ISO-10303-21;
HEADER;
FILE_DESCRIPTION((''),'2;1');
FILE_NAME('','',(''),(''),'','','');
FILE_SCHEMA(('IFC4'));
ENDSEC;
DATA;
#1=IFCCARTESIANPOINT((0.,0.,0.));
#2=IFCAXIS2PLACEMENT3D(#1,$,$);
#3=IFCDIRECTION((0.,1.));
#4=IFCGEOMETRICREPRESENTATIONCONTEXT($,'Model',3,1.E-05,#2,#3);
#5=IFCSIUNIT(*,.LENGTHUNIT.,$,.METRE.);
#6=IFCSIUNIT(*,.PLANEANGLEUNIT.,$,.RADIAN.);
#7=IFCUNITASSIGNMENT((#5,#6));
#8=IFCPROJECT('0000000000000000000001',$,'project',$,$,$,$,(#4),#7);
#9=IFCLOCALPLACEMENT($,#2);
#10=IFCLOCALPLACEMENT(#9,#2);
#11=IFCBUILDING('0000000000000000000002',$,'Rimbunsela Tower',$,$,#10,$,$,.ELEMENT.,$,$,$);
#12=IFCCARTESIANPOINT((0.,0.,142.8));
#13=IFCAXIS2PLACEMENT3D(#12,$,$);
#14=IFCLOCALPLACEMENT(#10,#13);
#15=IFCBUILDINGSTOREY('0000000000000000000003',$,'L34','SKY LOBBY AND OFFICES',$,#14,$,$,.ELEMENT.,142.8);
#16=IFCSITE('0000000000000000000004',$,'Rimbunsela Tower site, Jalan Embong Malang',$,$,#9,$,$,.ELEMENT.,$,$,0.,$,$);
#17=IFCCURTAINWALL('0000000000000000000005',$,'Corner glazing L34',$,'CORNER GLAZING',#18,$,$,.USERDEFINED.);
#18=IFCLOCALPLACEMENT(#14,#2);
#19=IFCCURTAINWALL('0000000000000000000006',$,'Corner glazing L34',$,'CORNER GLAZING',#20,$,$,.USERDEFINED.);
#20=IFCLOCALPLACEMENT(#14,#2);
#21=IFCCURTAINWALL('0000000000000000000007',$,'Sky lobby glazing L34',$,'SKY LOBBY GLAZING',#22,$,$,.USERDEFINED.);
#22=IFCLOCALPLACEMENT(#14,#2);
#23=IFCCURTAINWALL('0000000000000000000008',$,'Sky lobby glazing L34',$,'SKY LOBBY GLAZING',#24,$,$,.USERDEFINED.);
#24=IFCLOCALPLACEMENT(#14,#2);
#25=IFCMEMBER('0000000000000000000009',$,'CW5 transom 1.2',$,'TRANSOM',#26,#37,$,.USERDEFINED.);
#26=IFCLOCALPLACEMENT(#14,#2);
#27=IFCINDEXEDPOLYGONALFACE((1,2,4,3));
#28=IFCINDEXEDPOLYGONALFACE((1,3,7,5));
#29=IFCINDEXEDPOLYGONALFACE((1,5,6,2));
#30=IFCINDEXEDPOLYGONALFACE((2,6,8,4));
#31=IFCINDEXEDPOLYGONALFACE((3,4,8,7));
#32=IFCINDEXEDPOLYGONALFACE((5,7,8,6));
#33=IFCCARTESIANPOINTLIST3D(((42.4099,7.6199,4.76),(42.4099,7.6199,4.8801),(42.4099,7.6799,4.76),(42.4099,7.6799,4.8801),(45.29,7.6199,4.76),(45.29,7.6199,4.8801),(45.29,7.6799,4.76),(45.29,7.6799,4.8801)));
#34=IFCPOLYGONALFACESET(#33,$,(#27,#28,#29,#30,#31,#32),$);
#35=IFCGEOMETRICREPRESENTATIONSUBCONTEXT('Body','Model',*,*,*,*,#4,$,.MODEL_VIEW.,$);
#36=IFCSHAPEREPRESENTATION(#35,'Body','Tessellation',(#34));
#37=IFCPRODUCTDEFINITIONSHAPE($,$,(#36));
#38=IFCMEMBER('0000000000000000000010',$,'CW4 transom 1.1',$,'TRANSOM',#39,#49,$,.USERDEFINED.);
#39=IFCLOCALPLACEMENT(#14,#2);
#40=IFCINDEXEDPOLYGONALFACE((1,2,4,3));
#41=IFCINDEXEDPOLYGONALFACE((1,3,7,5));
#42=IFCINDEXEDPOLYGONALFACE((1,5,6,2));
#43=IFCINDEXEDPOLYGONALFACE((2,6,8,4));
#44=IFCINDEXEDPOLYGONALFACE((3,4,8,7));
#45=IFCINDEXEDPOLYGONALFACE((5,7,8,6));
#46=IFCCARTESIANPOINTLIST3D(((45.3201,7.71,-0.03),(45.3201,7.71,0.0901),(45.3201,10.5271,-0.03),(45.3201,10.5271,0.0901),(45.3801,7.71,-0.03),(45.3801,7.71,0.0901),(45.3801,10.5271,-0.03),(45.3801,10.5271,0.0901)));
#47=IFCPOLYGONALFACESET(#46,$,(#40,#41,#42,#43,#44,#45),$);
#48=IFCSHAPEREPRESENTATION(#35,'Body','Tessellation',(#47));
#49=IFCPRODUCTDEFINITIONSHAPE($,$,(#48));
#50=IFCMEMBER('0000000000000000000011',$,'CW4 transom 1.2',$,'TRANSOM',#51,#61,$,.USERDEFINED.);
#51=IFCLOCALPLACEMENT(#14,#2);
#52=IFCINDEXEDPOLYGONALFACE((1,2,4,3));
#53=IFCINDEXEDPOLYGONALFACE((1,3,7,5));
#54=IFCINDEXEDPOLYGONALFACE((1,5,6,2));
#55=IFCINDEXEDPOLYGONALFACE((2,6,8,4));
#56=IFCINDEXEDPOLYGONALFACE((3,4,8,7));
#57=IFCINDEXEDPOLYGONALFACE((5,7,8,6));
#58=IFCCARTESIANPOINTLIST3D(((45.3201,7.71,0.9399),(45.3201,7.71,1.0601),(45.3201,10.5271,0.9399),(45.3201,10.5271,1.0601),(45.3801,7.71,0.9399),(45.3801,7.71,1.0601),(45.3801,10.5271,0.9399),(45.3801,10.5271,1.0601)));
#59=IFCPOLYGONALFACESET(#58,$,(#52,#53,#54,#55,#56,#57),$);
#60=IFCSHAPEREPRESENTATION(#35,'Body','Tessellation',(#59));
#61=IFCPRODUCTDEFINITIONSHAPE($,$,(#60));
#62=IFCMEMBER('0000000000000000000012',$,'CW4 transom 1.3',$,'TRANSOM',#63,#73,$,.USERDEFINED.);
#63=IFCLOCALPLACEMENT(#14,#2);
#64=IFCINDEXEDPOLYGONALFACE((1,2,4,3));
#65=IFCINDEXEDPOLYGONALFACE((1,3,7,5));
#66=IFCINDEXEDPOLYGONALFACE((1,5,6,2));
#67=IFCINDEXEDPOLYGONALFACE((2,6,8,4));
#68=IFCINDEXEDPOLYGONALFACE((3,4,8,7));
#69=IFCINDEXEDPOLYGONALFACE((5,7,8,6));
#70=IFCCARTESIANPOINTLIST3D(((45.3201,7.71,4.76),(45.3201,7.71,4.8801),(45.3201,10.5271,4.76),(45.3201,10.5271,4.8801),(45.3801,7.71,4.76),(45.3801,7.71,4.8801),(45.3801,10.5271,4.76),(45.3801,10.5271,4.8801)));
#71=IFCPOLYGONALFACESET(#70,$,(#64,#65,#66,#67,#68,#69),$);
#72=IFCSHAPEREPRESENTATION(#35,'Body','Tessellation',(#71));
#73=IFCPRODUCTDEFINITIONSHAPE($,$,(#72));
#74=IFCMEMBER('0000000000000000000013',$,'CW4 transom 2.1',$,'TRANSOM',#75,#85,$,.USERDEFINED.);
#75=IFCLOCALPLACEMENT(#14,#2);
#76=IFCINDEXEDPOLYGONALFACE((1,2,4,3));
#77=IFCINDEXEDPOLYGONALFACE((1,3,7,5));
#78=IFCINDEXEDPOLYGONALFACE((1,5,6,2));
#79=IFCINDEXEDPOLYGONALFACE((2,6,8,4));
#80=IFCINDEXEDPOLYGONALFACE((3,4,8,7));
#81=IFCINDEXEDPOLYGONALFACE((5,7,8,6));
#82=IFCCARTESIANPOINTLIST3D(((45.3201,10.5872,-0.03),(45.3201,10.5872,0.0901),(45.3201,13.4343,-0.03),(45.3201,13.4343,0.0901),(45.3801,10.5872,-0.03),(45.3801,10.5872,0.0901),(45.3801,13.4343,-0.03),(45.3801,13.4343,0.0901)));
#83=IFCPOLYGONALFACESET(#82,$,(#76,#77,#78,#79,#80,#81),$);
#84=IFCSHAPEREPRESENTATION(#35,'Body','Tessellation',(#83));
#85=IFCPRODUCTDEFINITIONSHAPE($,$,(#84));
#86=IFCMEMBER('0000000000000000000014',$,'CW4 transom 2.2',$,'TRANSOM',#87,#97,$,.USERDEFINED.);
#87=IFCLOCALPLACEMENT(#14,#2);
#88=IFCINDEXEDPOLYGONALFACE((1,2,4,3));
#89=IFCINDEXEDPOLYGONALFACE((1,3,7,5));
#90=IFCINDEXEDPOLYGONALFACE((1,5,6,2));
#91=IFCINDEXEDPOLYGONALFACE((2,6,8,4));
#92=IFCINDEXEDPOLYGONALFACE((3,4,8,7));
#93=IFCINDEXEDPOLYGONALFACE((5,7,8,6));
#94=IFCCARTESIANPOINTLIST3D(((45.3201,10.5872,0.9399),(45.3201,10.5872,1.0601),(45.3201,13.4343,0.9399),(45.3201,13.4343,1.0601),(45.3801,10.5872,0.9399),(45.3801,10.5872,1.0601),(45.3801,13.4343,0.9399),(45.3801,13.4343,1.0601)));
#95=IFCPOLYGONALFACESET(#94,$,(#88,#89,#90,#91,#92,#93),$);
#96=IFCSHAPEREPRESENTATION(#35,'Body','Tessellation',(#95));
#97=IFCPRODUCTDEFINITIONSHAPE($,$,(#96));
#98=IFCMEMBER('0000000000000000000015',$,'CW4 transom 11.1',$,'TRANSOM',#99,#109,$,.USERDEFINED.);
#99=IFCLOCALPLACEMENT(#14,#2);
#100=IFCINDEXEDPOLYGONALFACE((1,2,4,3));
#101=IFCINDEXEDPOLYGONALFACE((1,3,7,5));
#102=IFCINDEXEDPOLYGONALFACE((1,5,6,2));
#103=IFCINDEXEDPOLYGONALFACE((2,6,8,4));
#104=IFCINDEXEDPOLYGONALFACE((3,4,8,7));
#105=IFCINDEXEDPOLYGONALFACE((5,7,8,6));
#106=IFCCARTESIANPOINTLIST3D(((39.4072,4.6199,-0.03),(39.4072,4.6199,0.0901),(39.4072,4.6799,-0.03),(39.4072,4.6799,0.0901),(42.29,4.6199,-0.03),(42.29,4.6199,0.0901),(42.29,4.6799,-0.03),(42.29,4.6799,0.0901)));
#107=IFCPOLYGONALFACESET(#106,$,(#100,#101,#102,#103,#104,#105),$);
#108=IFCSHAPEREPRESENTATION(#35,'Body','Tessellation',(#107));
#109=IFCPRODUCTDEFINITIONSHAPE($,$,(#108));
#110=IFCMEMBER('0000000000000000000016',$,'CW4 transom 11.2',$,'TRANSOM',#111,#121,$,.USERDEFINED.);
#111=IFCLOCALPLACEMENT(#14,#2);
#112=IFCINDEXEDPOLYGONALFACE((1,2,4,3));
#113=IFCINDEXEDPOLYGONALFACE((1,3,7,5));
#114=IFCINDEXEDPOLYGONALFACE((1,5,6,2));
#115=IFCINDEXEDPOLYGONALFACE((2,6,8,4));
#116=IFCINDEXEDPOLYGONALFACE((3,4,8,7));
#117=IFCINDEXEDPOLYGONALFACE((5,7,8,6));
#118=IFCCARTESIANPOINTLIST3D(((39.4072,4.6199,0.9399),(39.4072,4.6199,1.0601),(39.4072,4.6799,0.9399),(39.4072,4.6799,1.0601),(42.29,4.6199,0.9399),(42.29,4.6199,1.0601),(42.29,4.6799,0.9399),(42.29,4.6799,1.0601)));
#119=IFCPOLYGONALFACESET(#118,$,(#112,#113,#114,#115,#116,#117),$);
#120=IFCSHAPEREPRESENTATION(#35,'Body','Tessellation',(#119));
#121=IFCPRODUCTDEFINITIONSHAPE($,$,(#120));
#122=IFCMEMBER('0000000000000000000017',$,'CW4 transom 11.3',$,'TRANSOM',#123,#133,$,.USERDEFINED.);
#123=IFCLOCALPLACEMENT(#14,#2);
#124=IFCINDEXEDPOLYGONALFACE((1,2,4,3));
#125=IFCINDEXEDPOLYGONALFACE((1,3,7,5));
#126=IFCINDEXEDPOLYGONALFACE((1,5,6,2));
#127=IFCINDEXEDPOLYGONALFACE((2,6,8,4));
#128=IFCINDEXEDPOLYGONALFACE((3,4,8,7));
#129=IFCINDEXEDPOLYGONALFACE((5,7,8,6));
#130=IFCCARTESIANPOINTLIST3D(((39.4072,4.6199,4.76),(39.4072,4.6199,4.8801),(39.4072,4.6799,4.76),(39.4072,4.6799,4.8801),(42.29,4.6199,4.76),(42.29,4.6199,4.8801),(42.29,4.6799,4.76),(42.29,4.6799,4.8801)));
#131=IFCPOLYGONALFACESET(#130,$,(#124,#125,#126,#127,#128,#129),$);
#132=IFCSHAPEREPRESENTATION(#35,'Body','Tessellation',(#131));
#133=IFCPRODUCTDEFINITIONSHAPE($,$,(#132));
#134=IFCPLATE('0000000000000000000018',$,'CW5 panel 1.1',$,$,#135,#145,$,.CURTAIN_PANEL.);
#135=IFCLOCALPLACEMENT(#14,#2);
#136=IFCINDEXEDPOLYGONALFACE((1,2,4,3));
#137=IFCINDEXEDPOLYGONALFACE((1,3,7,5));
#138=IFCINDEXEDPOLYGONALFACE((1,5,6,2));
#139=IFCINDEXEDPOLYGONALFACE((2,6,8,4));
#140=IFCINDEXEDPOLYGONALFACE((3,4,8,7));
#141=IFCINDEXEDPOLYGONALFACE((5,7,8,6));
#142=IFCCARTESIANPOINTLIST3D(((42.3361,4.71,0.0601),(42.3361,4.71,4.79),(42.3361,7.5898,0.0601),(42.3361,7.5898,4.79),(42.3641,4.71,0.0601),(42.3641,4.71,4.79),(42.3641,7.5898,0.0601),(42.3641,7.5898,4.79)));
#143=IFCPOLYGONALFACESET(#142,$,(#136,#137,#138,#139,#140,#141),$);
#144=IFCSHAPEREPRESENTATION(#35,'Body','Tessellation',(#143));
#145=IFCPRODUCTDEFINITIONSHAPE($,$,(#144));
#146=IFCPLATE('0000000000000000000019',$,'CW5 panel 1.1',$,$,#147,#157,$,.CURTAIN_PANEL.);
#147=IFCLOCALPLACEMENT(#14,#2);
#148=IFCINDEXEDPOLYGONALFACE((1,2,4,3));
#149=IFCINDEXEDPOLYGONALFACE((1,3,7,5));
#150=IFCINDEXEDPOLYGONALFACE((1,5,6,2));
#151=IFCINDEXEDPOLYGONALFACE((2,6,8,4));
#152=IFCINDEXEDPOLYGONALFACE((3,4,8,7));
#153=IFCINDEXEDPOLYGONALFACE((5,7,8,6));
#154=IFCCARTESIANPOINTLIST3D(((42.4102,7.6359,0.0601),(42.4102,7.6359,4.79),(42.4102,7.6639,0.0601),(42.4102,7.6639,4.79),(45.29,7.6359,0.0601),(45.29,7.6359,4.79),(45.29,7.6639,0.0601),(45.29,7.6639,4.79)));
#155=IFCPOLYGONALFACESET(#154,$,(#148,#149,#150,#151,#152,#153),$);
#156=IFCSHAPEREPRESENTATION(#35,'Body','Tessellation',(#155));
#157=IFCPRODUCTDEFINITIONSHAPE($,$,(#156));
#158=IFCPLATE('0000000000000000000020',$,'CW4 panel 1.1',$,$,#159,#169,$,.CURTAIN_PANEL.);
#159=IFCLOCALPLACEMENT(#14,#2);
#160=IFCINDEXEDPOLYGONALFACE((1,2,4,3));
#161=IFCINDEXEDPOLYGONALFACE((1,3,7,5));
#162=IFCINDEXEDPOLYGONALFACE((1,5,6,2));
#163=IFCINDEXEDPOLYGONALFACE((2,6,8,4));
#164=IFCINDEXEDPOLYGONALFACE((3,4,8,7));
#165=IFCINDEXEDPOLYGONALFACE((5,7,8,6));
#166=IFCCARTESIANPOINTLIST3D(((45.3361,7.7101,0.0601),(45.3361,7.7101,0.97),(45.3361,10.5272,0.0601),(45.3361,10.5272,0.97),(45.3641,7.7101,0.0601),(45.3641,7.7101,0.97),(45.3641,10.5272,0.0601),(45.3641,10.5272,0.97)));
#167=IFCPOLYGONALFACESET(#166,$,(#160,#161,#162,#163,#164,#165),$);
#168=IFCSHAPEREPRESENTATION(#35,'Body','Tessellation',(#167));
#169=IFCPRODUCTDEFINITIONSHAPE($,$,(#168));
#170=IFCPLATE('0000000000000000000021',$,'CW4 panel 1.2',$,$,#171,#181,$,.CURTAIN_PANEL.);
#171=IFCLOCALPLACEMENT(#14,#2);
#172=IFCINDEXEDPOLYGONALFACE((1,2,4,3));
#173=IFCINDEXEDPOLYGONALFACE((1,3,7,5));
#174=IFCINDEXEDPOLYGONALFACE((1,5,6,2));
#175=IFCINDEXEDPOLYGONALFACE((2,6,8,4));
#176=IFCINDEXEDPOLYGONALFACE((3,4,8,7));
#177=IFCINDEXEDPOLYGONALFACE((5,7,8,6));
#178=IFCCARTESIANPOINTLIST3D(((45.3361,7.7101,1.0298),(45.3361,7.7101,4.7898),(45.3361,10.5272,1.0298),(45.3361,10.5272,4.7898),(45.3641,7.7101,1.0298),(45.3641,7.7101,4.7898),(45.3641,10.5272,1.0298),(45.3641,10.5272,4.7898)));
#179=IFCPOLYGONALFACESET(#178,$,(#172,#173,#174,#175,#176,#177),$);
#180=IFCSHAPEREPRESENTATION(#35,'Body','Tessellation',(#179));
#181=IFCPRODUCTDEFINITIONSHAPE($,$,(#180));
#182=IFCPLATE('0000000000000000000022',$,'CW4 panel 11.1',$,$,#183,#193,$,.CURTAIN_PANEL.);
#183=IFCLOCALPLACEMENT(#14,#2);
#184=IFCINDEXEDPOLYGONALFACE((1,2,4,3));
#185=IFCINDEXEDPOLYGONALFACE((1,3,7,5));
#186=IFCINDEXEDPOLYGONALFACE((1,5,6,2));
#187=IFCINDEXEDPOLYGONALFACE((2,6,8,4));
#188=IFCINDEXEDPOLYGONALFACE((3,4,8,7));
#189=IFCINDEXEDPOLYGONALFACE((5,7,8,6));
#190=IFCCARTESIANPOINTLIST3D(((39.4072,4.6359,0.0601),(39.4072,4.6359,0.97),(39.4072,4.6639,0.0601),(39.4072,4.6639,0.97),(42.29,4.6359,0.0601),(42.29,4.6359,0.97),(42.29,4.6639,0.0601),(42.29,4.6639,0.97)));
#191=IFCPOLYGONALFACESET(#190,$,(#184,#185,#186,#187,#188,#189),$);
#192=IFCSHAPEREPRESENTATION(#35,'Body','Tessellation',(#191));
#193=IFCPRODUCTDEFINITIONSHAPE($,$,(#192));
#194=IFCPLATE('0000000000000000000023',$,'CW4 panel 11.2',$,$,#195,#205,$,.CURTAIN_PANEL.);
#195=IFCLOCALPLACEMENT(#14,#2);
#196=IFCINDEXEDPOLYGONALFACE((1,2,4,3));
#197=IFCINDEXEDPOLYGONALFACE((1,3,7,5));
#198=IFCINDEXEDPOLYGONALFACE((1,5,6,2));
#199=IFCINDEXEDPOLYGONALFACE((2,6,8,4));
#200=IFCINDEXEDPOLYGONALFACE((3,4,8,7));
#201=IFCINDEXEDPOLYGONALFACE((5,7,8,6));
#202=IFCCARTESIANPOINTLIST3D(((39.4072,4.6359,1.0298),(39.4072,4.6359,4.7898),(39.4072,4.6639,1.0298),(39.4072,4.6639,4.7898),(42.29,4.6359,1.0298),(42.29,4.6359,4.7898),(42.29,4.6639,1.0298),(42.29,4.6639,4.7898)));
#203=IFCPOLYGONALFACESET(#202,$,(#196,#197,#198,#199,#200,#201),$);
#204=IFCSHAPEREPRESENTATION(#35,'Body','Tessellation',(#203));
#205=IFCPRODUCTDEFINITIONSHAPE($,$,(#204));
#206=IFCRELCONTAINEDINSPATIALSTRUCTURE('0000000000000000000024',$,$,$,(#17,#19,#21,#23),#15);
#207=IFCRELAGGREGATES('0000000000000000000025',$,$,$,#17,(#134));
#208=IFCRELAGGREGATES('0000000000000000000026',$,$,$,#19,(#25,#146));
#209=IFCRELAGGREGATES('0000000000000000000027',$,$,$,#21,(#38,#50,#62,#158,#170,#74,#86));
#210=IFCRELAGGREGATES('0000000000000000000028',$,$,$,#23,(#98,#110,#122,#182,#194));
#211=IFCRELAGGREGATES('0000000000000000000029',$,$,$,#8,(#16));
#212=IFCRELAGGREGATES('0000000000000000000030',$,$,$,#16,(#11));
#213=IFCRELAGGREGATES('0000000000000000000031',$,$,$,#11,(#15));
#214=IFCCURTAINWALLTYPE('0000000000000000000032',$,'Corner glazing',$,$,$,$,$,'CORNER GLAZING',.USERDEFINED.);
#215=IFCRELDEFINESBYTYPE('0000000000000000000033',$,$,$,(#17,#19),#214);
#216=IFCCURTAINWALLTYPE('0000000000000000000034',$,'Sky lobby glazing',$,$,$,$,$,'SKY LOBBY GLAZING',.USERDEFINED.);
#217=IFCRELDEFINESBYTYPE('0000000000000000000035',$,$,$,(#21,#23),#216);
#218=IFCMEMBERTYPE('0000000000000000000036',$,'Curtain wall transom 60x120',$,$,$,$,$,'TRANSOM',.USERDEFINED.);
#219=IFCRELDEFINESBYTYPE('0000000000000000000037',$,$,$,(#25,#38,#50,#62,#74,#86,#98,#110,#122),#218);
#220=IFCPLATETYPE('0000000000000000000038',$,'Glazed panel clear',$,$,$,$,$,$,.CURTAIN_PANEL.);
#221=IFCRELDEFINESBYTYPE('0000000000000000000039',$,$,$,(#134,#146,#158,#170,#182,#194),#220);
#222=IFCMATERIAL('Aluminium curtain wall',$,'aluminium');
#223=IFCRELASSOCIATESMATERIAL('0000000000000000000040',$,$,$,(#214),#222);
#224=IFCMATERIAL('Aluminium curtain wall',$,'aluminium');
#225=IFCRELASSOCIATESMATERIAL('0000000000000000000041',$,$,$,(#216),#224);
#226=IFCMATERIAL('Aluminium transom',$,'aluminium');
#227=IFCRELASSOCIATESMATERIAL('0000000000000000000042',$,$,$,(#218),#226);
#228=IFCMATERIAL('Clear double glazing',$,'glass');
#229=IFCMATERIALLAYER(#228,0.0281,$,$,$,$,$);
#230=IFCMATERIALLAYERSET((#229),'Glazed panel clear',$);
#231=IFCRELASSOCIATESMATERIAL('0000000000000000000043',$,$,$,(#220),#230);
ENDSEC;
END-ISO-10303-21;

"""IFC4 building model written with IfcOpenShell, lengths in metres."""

from ifc_helpers import new_model, si_unit, direction, frame, origin, origin_2d, place, context, subcontext, project, spatial, rectangle, extrude, material, layer, layer_set, material_profile, profile_set, type_object, element, aggregate, save


model = new_model("IFC4")

# Units and contexts
model_context = context("Model", 3, precision=1e-05, world=origin(), true_north=direction((0.0, 1.0)))
body_context = subcontext(model_context, "Body", "Model", "MODEL_VIEW")
ifc_project = project(units=[si_unit("LENGTHUNIT", "METRE"), si_unit("PLANEANGLEUNIT", "RADIAN")], contexts=[model_context])

# Site, building, storey
site_placement = place(None, origin())
site = spatial("IfcSite", under=ifc_project, at=site_placement, Name="Rimbunsela Tower site, Jalan Embong Malang", CompositionType="ELEMENT", RefElevation=0.0)
building_placement = place(site_placement, origin())
building = spatial("IfcBuilding", under=site, at=building_placement, Name="Rimbunsela Tower", CompositionType="ELEMENT")
storey_placement = place(building_placement, frame((0.0, 0.0, 142.8)))
storey = spatial("IfcBuildingStorey", under=building, at=storey_placement, Name="L34", Description="SKY LOBBY AND OFFICES", CompositionType="ELEMENT", Elevation=142.8)

# Curtain walls
ifc_material_1 = material(Name="Aluminium curtain wall", Category="aluminium")
curtain_wall_type_1 = type_object("IfcCurtainWallType", Name="Corner glazing", ElementType="CORNER GLAZING", PredefinedType="USERDEFINED", material=ifc_material_1)
curtain_wall_1_placement = place(storey_placement, origin())
curtain_wall_1 = element("IfcCurtainWall", 1, at=curtain_wall_1_placement, inside=storey, type_object=curtain_wall_type_1, Name="Corner glazing L34", ObjectType="CORNER GLAZING", PredefinedType="USERDEFINED")
curtain_wall_2_placement = place(storey_placement, origin())
curtain_wall_2 = element("IfcCurtainWall", 2, at=curtain_wall_2_placement, inside=storey, type_object=curtain_wall_type_1, Name="Corner glazing L34", ObjectType="CORNER GLAZING", PredefinedType="USERDEFINED")
ifc_material_2 = material(Name="Aluminium curtain wall", Category="aluminium")
curtain_wall_type_2 = type_object("IfcCurtainWallType", Name="Sky lobby glazing", ElementType="SKY LOBBY GLAZING", PredefinedType="USERDEFINED", material=ifc_material_2)
curtain_wall_3_placement = place(storey_placement, origin())
curtain_wall_3 = element("IfcCurtainWall", 3, at=curtain_wall_3_placement, inside=storey, type_object=curtain_wall_type_2, Name="Sky lobby glazing L34", ObjectType="SKY LOBBY GLAZING", PredefinedType="USERDEFINED")
curtain_wall_4_placement = place(storey_placement, origin())
curtain_wall_4 = element("IfcCurtainWall", 4, at=curtain_wall_4_placement, inside=storey, type_object=curtain_wall_type_2, Name="Sky lobby glazing L34", ObjectType="SKY LOBBY GLAZING", PredefinedType="USERDEFINED")

# Members
ifc_material_3 = material(Name="Aluminium transom", Category="aluminium")
ifc_material_profile_1 = material_profile(ifc_material_3, rectangle(XDim=0.0601, YDim=0.1201, at=origin_2d()), Name="Transom 60x120")
ifc_profile_set_1 = profile_set([ifc_material_profile_1], Name="Aluminium transom")
member_type_1 = type_object("IfcMemberType", Name="Curtain wall transom 60x120", ElementType="TRANSOM", PredefinedType="USERDEFINED", material=ifc_profile_set_1)
member_1_placement = place(storey_placement, frame((42.4099, 7.6499, 4.8201), z_axis=(1.0, 0.0, 0.0), x_axis=(0.0, 1.0, 0.0)))
member_1 = element("IfcMember", 5, at=member_1_placement, type_object=member_type_1, Name="CW5 transom 1.2", ObjectType="TRANSOM", PredefinedType="USERDEFINED", context=body_context, shape_type="SweptSolid", body=[
    extrude(rectangle(XDim=0.0601, YDim=0.1201, at=origin_2d()), origin(), (0.0, 0.0, 1.0), 2.8801),
])
member_2_placement = place(storey_placement, frame((45.3501, 7.71, 0.03), z_axis=(0.0, 1.0, 0.0), x_axis=(-1.0, 0.0, 0.0)))
member_2 = element("IfcMember", 6, at=member_2_placement, type_object=member_type_1, Name="CW4 transom 1.1", ObjectType="TRANSOM", PredefinedType="USERDEFINED", context=body_context, shape_type="SweptSolid", body=[
    extrude(rectangle(XDim=0.0601, YDim=0.1201, at=origin_2d()), origin(), (0.0, 0.0, 1.0), 2.8171),
])
member_3_placement = place(storey_placement, frame((45.3501, 7.71, 1.0), z_axis=(0.0, 1.0, 0.0), x_axis=(-1.0, 0.0, 0.0)))
member_3 = element("IfcMember", 7, at=member_3_placement, type_object=member_type_1, Name="CW4 transom 1.2", ObjectType="TRANSOM", PredefinedType="USERDEFINED", context=body_context, shape_type="SweptSolid", body=[
    extrude(rectangle(XDim=0.0601, YDim=0.1201, at=origin_2d()), origin(), (0.0, 0.0, 1.0), 2.8171),
])
member_4_placement = place(storey_placement, frame((45.3501, 7.71, 4.8201), z_axis=(0.0, 1.0, 0.0), x_axis=(-1.0, 0.0, 0.0)))
member_4 = element("IfcMember", 8, at=member_4_placement, type_object=member_type_1, Name="CW4 transom 1.3", ObjectType="TRANSOM", PredefinedType="USERDEFINED", context=body_context, shape_type="SweptSolid", body=[
    extrude(rectangle(XDim=0.0601, YDim=0.1201, at=origin_2d()), origin(), (0.0, 0.0, 1.0), 2.8171),
])
member_5_placement = place(storey_placement, frame((45.3501, 10.5872, 0.03), z_axis=(0.0, 1.0, 0.0), x_axis=(-1.0, 0.0, 0.0)))
member_5 = element("IfcMember", 9, at=member_5_placement, type_object=member_type_1, Name="CW4 transom 2.1", ObjectType="TRANSOM", PredefinedType="USERDEFINED", context=body_context, shape_type="SweptSolid", body=[
    extrude(rectangle(XDim=0.0601, YDim=0.1201, at=origin_2d()), origin(), (0.0, 0.0, 1.0), 2.8472),
])
member_6_placement = place(storey_placement, frame((45.3501, 10.5872, 1.0), z_axis=(0.0, 1.0, 0.0), x_axis=(-1.0, 0.0, 0.0)))
member_6 = element("IfcMember", 10, at=member_6_placement, type_object=member_type_1, Name="CW4 transom 2.2", ObjectType="TRANSOM", PredefinedType="USERDEFINED", context=body_context, shape_type="SweptSolid", body=[
    extrude(rectangle(XDim=0.0601, YDim=0.1201, at=origin_2d()), origin(), (0.0, 0.0, 1.0), 2.8472),
])
member_7_placement = place(storey_placement, frame((39.4072, 4.6499, 0.03), z_axis=(1.0, 0.0, 0.0), x_axis=(0.0, 1.0, 0.0)))
member_7 = element("IfcMember", 11, at=member_7_placement, type_object=member_type_1, Name="CW4 transom 11.1", ObjectType="TRANSOM", PredefinedType="USERDEFINED", context=body_context, shape_type="SweptSolid", body=[
    extrude(rectangle(XDim=0.0601, YDim=0.1201, at=origin_2d()), origin(), (0.0, 0.0, 1.0), 2.8828),
])
member_8_placement = place(storey_placement, frame((39.4072, 4.6499, 1.0), z_axis=(1.0, 0.0, 0.0), x_axis=(0.0, 1.0, 0.0)))
member_8 = element("IfcMember", 12, at=member_8_placement, type_object=member_type_1, Name="CW4 transom 11.2", ObjectType="TRANSOM", PredefinedType="USERDEFINED", context=body_context, shape_type="SweptSolid", body=[
    extrude(rectangle(XDim=0.0601, YDim=0.1201, at=origin_2d()), origin(), (0.0, 0.0, 1.0), 2.8828),
])
member_9_placement = place(storey_placement, frame((39.4072, 4.6499, 4.8201), z_axis=(1.0, 0.0, 0.0), x_axis=(0.0, 1.0, 0.0)))
member_9 = element("IfcMember", 13, at=member_9_placement, type_object=member_type_1, Name="CW4 transom 11.3", ObjectType="TRANSOM", PredefinedType="USERDEFINED", context=body_context, shape_type="SweptSolid", body=[
    extrude(rectangle(XDim=0.0601, YDim=0.1201, at=origin_2d()), origin(), (0.0, 0.0, 1.0), 2.8828),
])

# Plates
ifc_material_4 = material(Name="Clear double glazing", Category="glass")
ifc_layer = layer(ifc_material_4, 0.0281)
ifc_layer_set = layer_set([ifc_layer], Name="Glazed panel clear")
plate_type = type_object("IfcPlateType", Name="Glazed panel clear", PredefinedType="CURTAIN_PANEL", material=ifc_layer_set)
plate_1_placement = place(storey_placement, frame((42.3501, 6.1499, 0.0601), z_axis=(0.0, 0.0, 1.0), x_axis=(0.0, 1.0, 0.0)))
plate_1 = element("IfcPlate", 14, at=plate_1_placement, type_object=plate_type, Name="CW5 panel 1.1", PredefinedType="CURTAIN_PANEL", context=body_context, shape_type="SweptSolid", body=[
    extrude(rectangle(XDim=2.8799, YDim=0.0281, at=origin_2d()), origin(), (0.0, 0.0, 1.0), 4.73),
])
aggregate(curtain_wall_1, [plate_1])
plate_2_placement = place(storey_placement, frame((43.8501, 7.6499, 0.0601), z_axis=(0.0, 0.0, 1.0), x_axis=(1.0, 0.0, 0.0)))
plate_2 = element("IfcPlate", 15, at=plate_2_placement, type_object=plate_type, Name="CW5 panel 1.1", PredefinedType="CURTAIN_PANEL", context=body_context, shape_type="SweptSolid", body=[
    extrude(rectangle(XDim=2.8799, YDim=0.0281, at=origin_2d()), origin(), (0.0, 0.0, 1.0), 4.73),
])
aggregate(curtain_wall_2, [member_1, plate_2])
plate_3_placement = place(storey_placement, frame((45.3501, 9.1187, 0.0601), z_axis=(0.0, 0.0, 1.0), x_axis=(0.0, 1.0, 0.0)))
plate_3 = element("IfcPlate", 16, at=plate_3_placement, type_object=plate_type, Name="CW4 panel 1.1", PredefinedType="CURTAIN_PANEL", context=body_context, shape_type="SweptSolid", body=[
    extrude(rectangle(XDim=2.8171, YDim=0.0281, at=origin_2d()), origin(), (0.0, 0.0, 1.0), 0.9099),
])
plate_4_placement = place(storey_placement, frame((45.3501, 9.1187, 1.0298), z_axis=(0.0, 0.0, 1.0), x_axis=(0.0, 1.0, 0.0)))
plate_4 = element("IfcPlate", 17, at=plate_4_placement, type_object=plate_type, Name="CW4 panel 1.2", PredefinedType="CURTAIN_PANEL", context=body_context, shape_type="SweptSolid", body=[
    extrude(rectangle(XDim=2.8171, YDim=0.0281, at=origin_2d()), origin(), (0.0, 0.0, 1.0), 3.76),
])
aggregate(curtain_wall_3, [member_2, member_3, member_4, plate_3, plate_4, member_5, member_6])
plate_5_placement = place(storey_placement, frame((40.8486, 4.6499, 0.0601), z_axis=(0.0, 0.0, 1.0), x_axis=(1.0, 0.0, 0.0)))
plate_5 = element("IfcPlate", 18, at=plate_5_placement, type_object=plate_type, Name="CW4 panel 11.1", PredefinedType="CURTAIN_PANEL", context=body_context, shape_type="SweptSolid", body=[
    extrude(rectangle(XDim=2.8828, YDim=0.0281, at=origin_2d()), origin(), (0.0, 0.0, 1.0), 0.9099),
])
plate_6_placement = place(storey_placement, frame((40.8486, 4.6499, 1.0298), z_axis=(0.0, 0.0, 1.0), x_axis=(1.0, 0.0, 0.0)))
plate_6 = element("IfcPlate", 19, at=plate_6_placement, type_object=plate_type, Name="CW4 panel 11.2", PredefinedType="CURTAIN_PANEL", context=body_context, shape_type="SweptSolid", body=[
    extrude(rectangle(XDim=2.8828, YDim=0.0281, at=origin_2d()), origin(), (0.0, 0.0, 1.0), 3.76),
])
aggregate(curtain_wall_4, [member_7, member_8, member_9, plate_5, plate_6])

save(model, "model.ifc")
